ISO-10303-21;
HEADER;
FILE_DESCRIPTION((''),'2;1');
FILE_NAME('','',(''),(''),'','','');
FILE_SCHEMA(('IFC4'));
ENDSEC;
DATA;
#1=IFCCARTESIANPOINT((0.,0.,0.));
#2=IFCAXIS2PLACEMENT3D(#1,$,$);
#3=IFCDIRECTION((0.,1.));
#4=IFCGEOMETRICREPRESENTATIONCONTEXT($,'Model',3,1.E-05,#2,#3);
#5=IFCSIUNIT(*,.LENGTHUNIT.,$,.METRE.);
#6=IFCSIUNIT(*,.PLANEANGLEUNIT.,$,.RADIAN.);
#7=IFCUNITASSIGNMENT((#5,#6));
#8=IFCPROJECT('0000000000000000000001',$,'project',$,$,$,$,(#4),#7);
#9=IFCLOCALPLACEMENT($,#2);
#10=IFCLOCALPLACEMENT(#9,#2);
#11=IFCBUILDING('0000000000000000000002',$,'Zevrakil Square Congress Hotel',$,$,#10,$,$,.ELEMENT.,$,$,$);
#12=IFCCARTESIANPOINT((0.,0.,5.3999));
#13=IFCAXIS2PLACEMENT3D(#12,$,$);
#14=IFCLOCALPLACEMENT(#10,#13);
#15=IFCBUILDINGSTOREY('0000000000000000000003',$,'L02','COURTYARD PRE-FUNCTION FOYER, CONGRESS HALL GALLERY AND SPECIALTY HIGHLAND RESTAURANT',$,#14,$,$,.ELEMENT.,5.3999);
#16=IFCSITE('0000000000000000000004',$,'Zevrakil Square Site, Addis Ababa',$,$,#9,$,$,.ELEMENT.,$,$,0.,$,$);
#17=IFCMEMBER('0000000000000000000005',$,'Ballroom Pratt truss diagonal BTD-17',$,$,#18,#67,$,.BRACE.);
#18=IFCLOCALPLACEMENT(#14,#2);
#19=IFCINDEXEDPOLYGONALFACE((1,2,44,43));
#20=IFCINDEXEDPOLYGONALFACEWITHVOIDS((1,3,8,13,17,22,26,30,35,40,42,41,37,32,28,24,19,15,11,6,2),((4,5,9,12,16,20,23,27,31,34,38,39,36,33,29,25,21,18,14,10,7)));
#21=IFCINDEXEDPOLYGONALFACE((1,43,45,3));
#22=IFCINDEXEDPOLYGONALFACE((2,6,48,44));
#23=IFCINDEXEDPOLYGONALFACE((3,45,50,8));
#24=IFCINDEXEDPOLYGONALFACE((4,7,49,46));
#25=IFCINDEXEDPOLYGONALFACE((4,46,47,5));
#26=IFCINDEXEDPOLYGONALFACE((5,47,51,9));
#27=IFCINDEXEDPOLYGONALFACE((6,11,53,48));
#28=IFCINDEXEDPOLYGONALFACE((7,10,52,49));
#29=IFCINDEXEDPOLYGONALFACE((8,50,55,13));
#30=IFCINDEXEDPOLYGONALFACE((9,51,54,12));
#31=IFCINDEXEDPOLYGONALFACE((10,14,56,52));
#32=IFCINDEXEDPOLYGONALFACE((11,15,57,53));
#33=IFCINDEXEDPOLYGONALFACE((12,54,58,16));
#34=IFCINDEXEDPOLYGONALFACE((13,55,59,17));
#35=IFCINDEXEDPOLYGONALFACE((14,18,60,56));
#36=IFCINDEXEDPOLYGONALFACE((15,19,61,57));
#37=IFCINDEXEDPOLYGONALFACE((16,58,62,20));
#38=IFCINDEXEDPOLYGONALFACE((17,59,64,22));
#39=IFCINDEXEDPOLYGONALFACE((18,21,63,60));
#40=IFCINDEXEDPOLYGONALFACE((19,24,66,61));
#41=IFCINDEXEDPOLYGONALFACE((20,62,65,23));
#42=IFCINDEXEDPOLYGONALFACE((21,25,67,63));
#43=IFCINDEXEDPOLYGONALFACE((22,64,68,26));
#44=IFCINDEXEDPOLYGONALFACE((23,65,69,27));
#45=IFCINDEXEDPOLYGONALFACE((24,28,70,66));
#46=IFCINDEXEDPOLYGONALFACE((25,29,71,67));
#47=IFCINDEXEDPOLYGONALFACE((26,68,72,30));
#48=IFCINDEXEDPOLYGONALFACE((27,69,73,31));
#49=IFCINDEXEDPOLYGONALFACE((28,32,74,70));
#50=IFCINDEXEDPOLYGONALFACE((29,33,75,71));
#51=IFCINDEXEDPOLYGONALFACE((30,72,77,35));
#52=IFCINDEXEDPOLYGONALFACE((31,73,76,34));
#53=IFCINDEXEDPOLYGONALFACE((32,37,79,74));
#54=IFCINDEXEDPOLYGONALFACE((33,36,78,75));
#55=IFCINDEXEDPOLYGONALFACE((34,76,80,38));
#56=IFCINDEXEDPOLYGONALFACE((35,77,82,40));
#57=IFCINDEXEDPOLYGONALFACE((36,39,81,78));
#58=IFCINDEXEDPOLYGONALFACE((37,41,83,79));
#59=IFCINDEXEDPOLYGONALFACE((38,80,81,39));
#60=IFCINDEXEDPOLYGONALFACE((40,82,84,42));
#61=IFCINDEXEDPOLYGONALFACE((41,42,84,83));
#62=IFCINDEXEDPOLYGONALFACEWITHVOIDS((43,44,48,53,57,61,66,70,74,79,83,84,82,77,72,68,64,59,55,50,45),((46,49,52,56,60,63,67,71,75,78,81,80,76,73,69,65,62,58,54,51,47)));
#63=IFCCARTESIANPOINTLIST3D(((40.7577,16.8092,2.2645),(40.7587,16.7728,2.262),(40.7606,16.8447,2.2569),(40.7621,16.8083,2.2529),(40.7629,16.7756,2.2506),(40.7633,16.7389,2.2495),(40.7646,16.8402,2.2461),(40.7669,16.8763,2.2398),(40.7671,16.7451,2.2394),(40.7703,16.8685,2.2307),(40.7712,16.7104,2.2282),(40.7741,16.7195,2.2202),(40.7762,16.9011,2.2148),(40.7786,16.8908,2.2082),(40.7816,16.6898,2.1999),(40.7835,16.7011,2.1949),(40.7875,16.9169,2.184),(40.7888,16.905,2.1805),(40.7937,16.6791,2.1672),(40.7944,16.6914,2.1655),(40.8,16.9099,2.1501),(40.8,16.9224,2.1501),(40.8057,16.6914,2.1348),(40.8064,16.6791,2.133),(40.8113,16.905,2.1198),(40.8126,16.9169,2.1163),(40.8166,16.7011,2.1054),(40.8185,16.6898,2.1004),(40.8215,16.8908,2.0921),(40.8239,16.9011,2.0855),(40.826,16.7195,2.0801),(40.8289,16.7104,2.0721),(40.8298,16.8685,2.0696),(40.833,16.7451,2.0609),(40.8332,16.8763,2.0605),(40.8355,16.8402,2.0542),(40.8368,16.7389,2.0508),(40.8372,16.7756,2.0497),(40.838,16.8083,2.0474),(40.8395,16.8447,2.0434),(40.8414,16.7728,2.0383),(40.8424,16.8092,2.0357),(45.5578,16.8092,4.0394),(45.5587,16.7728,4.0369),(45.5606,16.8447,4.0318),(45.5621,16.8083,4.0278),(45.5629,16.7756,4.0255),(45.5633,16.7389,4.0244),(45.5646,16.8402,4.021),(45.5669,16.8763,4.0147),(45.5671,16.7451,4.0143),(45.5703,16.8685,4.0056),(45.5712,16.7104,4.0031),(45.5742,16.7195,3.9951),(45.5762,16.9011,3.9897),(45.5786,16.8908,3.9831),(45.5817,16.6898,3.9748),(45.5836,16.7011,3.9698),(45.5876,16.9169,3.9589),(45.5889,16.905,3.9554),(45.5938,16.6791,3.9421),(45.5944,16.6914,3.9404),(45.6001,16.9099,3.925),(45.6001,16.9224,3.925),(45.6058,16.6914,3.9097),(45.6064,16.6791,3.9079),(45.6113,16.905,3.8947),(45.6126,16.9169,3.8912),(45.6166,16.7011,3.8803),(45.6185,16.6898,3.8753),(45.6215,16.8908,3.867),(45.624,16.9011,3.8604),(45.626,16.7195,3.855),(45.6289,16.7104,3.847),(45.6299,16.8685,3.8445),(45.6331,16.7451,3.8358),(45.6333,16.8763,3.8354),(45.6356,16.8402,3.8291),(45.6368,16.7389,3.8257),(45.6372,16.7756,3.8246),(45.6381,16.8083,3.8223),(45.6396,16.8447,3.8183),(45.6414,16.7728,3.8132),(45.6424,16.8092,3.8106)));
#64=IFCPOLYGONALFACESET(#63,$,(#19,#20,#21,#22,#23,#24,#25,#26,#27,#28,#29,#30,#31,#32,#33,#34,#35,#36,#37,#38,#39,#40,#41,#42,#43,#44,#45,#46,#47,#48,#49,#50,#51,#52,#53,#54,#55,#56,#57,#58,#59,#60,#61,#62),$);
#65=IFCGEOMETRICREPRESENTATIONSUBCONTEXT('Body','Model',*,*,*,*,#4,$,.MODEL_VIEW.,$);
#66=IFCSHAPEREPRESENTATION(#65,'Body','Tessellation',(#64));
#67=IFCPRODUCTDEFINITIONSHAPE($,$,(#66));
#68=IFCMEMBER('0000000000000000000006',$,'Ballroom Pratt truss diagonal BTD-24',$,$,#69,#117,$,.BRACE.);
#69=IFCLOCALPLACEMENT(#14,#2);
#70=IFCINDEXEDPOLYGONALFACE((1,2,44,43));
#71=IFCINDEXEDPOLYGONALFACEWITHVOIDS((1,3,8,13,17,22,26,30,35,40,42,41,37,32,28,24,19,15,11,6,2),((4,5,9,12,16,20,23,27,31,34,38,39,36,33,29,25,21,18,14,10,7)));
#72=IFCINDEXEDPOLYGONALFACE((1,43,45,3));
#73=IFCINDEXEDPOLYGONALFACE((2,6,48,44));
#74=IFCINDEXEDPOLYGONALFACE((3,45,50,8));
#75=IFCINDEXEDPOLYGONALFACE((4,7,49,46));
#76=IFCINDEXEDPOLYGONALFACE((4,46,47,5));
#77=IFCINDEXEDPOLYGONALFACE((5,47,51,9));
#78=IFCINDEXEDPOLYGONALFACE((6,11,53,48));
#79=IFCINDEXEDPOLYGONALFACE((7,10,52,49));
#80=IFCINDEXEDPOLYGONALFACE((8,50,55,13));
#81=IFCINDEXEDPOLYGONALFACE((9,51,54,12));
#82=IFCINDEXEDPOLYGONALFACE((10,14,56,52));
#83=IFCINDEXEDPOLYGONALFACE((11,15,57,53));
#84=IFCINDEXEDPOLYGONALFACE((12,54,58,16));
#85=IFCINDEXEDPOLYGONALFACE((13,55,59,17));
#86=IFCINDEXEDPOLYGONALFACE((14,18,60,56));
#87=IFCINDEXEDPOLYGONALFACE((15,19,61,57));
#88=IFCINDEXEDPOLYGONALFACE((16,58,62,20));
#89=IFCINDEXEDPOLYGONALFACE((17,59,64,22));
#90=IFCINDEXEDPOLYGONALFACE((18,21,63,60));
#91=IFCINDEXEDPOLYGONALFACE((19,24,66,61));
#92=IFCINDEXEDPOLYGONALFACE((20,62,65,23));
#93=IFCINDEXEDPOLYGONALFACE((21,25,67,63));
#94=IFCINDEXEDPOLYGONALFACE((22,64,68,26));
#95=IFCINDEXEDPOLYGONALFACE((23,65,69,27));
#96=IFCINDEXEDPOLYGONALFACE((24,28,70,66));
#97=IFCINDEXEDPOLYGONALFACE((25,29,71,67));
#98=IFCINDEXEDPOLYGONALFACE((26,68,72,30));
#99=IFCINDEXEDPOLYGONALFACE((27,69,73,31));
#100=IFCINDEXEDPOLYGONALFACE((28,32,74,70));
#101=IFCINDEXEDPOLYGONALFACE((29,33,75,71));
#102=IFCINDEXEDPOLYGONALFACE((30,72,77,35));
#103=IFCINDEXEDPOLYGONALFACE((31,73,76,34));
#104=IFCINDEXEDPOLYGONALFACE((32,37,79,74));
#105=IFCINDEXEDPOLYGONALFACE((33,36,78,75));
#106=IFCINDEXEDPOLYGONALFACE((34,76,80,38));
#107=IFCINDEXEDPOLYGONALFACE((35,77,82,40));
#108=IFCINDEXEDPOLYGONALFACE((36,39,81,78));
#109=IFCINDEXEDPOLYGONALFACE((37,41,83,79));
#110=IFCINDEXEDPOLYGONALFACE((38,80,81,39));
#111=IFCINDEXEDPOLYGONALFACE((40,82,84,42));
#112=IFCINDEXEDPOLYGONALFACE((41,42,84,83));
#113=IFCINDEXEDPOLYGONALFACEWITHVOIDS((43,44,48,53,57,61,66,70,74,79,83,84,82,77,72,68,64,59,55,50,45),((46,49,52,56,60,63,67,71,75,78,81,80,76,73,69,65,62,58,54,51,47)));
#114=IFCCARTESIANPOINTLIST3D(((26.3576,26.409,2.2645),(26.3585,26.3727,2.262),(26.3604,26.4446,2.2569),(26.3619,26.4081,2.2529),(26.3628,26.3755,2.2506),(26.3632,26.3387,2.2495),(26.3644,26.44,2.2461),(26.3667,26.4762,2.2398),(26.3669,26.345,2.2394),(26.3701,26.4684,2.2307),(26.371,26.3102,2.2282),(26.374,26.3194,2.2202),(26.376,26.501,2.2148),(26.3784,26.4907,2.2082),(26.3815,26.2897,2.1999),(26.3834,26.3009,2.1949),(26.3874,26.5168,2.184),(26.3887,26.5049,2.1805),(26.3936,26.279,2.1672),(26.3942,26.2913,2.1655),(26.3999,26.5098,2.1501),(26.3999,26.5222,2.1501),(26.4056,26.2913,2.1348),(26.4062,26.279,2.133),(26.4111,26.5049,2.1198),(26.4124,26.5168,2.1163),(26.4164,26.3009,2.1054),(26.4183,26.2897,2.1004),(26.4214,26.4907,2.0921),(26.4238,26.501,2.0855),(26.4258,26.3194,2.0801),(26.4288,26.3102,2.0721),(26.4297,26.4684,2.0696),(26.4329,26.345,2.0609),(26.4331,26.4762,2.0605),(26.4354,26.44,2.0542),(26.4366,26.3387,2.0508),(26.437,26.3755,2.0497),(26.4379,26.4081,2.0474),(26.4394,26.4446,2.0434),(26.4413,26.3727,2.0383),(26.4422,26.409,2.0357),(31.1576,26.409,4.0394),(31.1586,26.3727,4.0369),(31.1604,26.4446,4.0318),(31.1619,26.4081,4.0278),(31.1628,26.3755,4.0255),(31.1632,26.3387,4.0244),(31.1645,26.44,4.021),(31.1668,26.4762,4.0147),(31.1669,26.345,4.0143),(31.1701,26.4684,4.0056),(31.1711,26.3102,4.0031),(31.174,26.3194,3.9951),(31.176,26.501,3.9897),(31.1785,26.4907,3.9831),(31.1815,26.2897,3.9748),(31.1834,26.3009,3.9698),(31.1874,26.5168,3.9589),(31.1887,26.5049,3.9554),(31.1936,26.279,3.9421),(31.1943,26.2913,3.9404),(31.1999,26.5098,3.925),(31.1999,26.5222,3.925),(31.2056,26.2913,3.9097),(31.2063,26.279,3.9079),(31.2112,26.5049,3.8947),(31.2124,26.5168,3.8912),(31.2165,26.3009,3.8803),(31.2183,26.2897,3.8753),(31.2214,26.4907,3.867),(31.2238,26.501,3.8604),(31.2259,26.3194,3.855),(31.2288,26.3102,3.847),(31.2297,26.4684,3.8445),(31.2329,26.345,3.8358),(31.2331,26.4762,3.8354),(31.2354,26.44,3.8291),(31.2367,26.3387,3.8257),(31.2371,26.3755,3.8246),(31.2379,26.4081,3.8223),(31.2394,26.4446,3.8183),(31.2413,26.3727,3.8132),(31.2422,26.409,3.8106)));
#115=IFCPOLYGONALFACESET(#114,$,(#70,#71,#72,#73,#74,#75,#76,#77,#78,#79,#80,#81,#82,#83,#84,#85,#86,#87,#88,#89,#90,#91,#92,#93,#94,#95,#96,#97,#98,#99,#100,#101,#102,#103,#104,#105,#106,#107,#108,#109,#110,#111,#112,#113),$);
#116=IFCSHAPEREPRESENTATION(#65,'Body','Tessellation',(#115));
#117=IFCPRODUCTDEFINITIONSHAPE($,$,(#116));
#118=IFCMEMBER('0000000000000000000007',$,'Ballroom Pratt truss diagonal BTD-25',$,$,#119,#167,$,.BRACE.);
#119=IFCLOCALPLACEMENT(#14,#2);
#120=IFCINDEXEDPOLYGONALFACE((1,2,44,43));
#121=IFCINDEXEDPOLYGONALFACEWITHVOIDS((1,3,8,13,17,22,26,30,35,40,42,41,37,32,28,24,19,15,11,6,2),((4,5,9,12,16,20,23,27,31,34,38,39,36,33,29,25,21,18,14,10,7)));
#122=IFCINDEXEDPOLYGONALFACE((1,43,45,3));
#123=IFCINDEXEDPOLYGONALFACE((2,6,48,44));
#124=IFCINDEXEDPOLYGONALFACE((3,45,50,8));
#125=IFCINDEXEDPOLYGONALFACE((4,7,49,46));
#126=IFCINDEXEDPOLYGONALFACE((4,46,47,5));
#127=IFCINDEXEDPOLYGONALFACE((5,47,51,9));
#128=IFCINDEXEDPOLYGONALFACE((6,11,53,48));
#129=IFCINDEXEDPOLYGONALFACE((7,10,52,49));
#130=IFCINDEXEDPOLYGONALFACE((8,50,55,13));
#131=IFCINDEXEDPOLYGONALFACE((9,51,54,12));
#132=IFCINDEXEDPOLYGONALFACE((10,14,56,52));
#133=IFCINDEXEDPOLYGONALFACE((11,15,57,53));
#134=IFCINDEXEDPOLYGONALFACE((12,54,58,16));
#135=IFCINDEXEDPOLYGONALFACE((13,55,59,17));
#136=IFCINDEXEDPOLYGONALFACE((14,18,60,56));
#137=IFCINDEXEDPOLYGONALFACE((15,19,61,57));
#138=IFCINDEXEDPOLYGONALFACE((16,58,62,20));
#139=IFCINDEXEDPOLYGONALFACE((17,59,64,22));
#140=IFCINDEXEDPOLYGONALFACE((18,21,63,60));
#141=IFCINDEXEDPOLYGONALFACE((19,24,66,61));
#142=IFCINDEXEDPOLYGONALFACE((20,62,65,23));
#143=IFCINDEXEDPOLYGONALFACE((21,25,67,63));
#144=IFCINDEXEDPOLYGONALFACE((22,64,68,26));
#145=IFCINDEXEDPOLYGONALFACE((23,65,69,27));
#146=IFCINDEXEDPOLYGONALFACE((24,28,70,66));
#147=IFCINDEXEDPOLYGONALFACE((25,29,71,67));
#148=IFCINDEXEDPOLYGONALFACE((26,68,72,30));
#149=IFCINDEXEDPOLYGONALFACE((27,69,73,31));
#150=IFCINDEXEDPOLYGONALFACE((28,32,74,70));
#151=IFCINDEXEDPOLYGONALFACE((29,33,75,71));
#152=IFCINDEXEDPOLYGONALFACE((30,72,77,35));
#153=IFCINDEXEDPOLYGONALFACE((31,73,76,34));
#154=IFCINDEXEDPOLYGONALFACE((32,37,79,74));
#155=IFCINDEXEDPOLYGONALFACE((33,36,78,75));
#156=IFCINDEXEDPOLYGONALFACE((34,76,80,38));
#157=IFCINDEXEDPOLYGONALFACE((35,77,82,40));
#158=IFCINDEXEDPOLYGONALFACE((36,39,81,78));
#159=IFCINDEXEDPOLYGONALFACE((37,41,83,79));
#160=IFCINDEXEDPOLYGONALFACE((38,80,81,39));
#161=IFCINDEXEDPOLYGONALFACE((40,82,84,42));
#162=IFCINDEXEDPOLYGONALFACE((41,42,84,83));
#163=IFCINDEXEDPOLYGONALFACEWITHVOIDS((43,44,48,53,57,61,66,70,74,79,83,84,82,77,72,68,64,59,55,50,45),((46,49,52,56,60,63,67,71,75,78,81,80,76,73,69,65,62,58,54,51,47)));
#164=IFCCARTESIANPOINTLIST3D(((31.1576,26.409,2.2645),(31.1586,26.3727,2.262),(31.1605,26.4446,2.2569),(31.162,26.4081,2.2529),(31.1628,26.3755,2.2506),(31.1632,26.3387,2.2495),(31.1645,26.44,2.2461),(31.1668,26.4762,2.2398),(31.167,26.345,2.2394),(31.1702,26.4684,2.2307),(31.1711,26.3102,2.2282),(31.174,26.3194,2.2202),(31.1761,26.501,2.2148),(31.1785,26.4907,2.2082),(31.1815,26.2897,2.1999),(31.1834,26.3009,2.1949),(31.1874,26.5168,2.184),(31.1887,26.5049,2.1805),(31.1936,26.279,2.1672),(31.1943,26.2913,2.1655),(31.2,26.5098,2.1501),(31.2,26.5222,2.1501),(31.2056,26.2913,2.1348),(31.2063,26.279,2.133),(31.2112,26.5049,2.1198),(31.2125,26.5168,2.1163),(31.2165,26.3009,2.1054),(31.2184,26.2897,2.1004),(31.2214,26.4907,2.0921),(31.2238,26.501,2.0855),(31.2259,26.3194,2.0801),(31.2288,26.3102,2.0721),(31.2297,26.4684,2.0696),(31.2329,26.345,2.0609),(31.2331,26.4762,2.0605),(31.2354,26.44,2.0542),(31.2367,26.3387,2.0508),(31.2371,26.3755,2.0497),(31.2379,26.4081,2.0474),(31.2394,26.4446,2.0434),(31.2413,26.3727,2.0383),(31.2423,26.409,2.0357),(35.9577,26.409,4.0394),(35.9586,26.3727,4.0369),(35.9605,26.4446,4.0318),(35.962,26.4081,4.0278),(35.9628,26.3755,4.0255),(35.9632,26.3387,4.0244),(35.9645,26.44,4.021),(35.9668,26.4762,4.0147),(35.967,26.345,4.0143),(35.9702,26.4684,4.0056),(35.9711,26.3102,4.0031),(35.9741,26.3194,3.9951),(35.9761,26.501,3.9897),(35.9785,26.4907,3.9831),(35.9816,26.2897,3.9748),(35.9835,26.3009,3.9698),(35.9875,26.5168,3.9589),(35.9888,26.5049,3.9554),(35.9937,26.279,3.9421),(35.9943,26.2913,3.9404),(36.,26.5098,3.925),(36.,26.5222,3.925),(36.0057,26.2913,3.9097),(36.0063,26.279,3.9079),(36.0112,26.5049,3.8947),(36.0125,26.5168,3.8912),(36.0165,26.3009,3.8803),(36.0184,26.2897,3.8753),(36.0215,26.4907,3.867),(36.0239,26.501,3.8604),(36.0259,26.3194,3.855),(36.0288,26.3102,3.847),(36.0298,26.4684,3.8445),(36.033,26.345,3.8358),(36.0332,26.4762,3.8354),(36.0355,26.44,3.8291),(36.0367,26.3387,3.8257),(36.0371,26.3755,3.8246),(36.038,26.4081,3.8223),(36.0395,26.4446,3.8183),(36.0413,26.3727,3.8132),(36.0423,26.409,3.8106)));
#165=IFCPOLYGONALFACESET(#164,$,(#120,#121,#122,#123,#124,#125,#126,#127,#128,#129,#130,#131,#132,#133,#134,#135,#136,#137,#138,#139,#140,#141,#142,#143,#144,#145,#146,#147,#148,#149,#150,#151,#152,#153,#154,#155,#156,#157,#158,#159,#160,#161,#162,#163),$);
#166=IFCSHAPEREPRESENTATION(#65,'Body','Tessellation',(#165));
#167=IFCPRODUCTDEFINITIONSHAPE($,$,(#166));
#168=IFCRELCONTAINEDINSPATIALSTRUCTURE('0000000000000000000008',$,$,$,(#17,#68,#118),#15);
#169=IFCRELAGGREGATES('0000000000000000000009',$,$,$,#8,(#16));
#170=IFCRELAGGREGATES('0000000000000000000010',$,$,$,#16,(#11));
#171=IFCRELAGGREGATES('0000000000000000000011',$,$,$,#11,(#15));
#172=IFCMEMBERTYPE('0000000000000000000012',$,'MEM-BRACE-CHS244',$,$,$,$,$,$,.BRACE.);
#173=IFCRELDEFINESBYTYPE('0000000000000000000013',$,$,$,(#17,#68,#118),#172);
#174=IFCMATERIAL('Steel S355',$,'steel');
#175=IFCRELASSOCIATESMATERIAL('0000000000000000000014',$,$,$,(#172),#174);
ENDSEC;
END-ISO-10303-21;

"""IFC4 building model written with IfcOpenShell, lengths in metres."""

from ifc_helpers import new_model, si_unit, direction, frame, origin, origin_2d, place, context, subcontext, project, spatial, hollow_circle, extrude, material, material_profile, profile_set, type_object, element, save


model = new_model("IFC4")

# Units and contexts
model_context = context("Model", 3, precision=1e-05, world=origin(), true_north=direction((0.0, 1.0)))
body_context = subcontext(model_context, "Body", "Model", "MODEL_VIEW")
ifc_project = project(units=[si_unit("LENGTHUNIT", "METRE"), si_unit("PLANEANGLEUNIT", "RADIAN")], contexts=[model_context])

# Site, building, storey
site_placement = place(None, origin())
site = spatial("IfcSite", under=ifc_project, at=site_placement, Name="Zevrakil Square Site, Addis Ababa", CompositionType="ELEMENT", RefElevation=0.0)
building_placement = place(site_placement, origin())
building = spatial("IfcBuilding", under=site, at=building_placement, Name="Zevrakil Square Congress Hotel", CompositionType="ELEMENT")
storey_placement = place(building_placement, frame((0.0, 0.0, 5.3999)))
storey = spatial("IfcBuildingStorey", under=building, at=storey_placement, Name="L02", Description="COURTYARD PRE-FUNCTION FOYER, CONGRESS HALL GALLERY AND SPECIALTY HIGHLAND RESTAURANT", CompositionType="ELEMENT", Elevation=5.3999)

# Members
ifc_material_1 = material(Name="Steel S355", Category="steel")
ifc_material_profile_1 = material_profile(ifc_material_1, hollow_circle(Radius=0.1223, WallThickness=0.0125, at=origin_2d()), Name="CHS 244.5x12.5")
ifc_profile_set_1 = profile_set([ifc_material_profile_1], Name="Steel S355")
member_type_1 = type_object("IfcMemberType", Name="MEM-BRACE-CHS244", PredefinedType="BRACE", material=ifc_profile_set_1)
for number, where, z_axis, x_axis, name in (
    (1, (40.8, 16.8, 2.1501), (0.937933, 0.0, 0.346817), (0.0, 1.0, 0.0), "Ballroom Pratt truss diagonal BTD-17"),
    (2, (26.3999, 26.3999, 2.1501), (0.937933, 0.0, 0.346817), (0.0, 1.0, 0.0), "Ballroom Pratt truss diagonal BTD-24"),
    (3, (31.2, 26.3999, 2.1501), (0.937933, 0.0, 0.346817), (0.0, 1.0, 0.0), "Ballroom Pratt truss diagonal BTD-25"),
):
    element("IfcMember", number, at=place(storey_placement, frame(where, z_axis=z_axis, x_axis=x_axis)), inside=storey, type_object=member_type_1, Name=name, PredefinedType="BRACE", context=body_context, shape_type="SweptSolid", body=[
        extrude(hollow_circle(Radius=0.1223, WallThickness=0.0125, at=origin_2d()), origin(), (0.0, 0.0, 1.0), 5.1177),
    ])

save(model, "model.ifc")
